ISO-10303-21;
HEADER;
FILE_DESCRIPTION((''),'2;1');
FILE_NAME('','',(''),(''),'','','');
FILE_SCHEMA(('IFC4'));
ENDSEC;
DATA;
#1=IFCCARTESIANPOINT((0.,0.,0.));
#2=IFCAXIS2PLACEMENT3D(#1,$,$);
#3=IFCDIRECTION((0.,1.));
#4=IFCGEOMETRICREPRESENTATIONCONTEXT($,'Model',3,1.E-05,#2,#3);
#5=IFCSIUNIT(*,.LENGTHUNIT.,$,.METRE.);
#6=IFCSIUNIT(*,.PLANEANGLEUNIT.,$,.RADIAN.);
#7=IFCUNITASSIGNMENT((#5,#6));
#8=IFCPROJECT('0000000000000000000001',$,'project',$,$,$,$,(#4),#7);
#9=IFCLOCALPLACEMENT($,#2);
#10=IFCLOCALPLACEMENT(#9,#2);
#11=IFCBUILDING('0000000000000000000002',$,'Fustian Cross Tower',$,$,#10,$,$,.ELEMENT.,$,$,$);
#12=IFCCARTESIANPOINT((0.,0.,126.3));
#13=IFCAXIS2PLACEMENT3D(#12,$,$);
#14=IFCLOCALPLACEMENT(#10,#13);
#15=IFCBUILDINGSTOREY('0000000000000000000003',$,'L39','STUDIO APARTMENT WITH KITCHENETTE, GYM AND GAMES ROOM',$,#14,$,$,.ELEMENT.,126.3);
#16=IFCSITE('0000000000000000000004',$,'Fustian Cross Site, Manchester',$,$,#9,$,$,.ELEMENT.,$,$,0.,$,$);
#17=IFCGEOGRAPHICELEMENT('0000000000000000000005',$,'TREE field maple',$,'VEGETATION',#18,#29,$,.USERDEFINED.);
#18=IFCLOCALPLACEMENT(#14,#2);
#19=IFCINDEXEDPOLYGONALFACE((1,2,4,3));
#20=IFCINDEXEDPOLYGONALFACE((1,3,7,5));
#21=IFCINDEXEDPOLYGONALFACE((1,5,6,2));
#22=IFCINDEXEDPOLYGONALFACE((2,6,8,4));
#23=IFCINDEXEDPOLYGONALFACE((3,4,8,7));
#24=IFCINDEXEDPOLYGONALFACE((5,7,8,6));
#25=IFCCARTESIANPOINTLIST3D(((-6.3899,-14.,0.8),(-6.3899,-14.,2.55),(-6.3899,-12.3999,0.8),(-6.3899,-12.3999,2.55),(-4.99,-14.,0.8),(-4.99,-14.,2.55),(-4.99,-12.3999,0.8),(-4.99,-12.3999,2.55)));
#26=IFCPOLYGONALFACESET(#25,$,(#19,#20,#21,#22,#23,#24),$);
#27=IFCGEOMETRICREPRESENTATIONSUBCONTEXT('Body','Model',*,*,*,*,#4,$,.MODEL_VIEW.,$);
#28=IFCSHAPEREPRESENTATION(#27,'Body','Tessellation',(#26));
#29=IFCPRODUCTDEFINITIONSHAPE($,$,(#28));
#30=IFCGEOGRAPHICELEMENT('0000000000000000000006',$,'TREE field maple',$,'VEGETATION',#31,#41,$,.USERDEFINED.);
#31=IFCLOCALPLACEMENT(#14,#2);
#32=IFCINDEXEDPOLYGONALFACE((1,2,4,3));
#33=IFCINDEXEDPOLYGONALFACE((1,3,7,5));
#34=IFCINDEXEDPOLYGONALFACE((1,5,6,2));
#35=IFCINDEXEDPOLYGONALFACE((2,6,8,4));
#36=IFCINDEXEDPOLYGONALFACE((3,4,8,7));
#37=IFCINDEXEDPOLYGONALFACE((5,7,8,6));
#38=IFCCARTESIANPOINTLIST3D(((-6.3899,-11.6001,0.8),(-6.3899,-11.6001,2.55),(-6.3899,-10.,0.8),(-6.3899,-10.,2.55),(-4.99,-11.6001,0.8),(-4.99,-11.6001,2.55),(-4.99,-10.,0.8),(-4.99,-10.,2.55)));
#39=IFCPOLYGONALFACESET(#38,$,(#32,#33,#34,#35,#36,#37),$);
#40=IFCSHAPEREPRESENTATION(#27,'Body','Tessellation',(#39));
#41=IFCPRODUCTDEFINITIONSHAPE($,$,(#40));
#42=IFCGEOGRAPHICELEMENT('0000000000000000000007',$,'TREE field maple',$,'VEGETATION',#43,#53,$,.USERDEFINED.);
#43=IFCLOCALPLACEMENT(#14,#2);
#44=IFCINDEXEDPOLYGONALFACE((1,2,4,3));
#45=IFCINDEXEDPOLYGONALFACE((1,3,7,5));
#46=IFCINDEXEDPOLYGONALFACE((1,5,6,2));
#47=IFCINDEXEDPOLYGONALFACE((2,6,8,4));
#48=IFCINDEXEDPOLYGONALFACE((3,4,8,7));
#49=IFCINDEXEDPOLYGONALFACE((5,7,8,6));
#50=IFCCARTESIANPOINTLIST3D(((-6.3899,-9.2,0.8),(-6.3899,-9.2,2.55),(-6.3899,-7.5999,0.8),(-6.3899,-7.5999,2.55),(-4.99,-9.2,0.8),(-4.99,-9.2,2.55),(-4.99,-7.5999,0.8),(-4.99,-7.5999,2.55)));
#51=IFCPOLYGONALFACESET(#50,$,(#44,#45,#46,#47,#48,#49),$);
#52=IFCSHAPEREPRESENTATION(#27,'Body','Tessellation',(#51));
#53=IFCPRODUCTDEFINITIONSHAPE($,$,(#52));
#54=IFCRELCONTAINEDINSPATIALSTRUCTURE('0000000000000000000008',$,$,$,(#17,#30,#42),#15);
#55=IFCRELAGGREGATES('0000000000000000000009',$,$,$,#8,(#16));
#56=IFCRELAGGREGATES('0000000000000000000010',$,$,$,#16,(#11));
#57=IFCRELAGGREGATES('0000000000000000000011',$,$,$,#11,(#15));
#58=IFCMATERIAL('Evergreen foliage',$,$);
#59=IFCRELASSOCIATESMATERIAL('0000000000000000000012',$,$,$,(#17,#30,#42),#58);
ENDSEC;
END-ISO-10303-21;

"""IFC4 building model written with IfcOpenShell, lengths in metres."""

from ifc_helpers import new_model, si_unit, direction, frame, origin, origin_2d, place, context, subcontext, project, spatial, rectangle, extrude, material, element, save


model = new_model("IFC4")

# Units and contexts
model_context = context("Model", 3, precision=1e-05, world=origin(), true_north=direction((0.0, 1.0)))
body_context = subcontext(model_context, "Body", "Model", "MODEL_VIEW")
ifc_project = project(units=[si_unit("LENGTHUNIT", "METRE"), si_unit("PLANEANGLEUNIT", "RADIAN")], contexts=[model_context])

# Site, building, storey
site_placement = place(None, origin())
site = spatial("IfcSite", under=ifc_project, at=site_placement, Name="Fustian Cross Site, Manchester", CompositionType="ELEMENT", RefElevation=0.0)
building_placement = place(site_placement, origin())
building = spatial("IfcBuilding", under=site, at=building_placement, Name="Fustian Cross Tower", CompositionType="ELEMENT")
storey_placement = place(building_placement, frame((0.0, 0.0, 126.3)))
storey = spatial("IfcBuildingStorey", under=building, at=storey_placement, Name="L39", Description="STUDIO APARTMENT WITH KITCHENETTE, GYM AND GAMES ROOM", CompositionType="ELEMENT", Elevation=126.3)

# Geographic elements
ifc_material_1 = material(Name="Evergreen foliage")
for number, where, z_axis, x_axis, name in (
    (1, (-5.6899, -13.2, 0.8), (0.0, 0.0, 1.0), (1.0, 0.0, 0.0), "TREE field maple"),
    (2, (-5.6899, -10.8, 0.8), (0.0, 0.0, 1.0), (1.0, 0.0, 0.0), "TREE field maple"),
    (3, (-5.6899, -8.3999, 0.8), (0.0, 0.0, 1.0), (1.0, 0.0, 0.0), "TREE field maple"),
):
    element("IfcGeographicElement", number, at=place(storey_placement, frame(where, z_axis=z_axis, x_axis=x_axis)), inside=storey, material=ifc_material_1, Name=name, ObjectType="VEGETATION", PredefinedType="USERDEFINED", context=body_context, shape_type="SweptSolid", body=[
        extrude(rectangle(XDim=1.3999, YDim=1.6001, at=origin_2d()), origin(), (0.0, 0.0, 1.0), 1.75),
    ])

save(model, "model.ifc")
